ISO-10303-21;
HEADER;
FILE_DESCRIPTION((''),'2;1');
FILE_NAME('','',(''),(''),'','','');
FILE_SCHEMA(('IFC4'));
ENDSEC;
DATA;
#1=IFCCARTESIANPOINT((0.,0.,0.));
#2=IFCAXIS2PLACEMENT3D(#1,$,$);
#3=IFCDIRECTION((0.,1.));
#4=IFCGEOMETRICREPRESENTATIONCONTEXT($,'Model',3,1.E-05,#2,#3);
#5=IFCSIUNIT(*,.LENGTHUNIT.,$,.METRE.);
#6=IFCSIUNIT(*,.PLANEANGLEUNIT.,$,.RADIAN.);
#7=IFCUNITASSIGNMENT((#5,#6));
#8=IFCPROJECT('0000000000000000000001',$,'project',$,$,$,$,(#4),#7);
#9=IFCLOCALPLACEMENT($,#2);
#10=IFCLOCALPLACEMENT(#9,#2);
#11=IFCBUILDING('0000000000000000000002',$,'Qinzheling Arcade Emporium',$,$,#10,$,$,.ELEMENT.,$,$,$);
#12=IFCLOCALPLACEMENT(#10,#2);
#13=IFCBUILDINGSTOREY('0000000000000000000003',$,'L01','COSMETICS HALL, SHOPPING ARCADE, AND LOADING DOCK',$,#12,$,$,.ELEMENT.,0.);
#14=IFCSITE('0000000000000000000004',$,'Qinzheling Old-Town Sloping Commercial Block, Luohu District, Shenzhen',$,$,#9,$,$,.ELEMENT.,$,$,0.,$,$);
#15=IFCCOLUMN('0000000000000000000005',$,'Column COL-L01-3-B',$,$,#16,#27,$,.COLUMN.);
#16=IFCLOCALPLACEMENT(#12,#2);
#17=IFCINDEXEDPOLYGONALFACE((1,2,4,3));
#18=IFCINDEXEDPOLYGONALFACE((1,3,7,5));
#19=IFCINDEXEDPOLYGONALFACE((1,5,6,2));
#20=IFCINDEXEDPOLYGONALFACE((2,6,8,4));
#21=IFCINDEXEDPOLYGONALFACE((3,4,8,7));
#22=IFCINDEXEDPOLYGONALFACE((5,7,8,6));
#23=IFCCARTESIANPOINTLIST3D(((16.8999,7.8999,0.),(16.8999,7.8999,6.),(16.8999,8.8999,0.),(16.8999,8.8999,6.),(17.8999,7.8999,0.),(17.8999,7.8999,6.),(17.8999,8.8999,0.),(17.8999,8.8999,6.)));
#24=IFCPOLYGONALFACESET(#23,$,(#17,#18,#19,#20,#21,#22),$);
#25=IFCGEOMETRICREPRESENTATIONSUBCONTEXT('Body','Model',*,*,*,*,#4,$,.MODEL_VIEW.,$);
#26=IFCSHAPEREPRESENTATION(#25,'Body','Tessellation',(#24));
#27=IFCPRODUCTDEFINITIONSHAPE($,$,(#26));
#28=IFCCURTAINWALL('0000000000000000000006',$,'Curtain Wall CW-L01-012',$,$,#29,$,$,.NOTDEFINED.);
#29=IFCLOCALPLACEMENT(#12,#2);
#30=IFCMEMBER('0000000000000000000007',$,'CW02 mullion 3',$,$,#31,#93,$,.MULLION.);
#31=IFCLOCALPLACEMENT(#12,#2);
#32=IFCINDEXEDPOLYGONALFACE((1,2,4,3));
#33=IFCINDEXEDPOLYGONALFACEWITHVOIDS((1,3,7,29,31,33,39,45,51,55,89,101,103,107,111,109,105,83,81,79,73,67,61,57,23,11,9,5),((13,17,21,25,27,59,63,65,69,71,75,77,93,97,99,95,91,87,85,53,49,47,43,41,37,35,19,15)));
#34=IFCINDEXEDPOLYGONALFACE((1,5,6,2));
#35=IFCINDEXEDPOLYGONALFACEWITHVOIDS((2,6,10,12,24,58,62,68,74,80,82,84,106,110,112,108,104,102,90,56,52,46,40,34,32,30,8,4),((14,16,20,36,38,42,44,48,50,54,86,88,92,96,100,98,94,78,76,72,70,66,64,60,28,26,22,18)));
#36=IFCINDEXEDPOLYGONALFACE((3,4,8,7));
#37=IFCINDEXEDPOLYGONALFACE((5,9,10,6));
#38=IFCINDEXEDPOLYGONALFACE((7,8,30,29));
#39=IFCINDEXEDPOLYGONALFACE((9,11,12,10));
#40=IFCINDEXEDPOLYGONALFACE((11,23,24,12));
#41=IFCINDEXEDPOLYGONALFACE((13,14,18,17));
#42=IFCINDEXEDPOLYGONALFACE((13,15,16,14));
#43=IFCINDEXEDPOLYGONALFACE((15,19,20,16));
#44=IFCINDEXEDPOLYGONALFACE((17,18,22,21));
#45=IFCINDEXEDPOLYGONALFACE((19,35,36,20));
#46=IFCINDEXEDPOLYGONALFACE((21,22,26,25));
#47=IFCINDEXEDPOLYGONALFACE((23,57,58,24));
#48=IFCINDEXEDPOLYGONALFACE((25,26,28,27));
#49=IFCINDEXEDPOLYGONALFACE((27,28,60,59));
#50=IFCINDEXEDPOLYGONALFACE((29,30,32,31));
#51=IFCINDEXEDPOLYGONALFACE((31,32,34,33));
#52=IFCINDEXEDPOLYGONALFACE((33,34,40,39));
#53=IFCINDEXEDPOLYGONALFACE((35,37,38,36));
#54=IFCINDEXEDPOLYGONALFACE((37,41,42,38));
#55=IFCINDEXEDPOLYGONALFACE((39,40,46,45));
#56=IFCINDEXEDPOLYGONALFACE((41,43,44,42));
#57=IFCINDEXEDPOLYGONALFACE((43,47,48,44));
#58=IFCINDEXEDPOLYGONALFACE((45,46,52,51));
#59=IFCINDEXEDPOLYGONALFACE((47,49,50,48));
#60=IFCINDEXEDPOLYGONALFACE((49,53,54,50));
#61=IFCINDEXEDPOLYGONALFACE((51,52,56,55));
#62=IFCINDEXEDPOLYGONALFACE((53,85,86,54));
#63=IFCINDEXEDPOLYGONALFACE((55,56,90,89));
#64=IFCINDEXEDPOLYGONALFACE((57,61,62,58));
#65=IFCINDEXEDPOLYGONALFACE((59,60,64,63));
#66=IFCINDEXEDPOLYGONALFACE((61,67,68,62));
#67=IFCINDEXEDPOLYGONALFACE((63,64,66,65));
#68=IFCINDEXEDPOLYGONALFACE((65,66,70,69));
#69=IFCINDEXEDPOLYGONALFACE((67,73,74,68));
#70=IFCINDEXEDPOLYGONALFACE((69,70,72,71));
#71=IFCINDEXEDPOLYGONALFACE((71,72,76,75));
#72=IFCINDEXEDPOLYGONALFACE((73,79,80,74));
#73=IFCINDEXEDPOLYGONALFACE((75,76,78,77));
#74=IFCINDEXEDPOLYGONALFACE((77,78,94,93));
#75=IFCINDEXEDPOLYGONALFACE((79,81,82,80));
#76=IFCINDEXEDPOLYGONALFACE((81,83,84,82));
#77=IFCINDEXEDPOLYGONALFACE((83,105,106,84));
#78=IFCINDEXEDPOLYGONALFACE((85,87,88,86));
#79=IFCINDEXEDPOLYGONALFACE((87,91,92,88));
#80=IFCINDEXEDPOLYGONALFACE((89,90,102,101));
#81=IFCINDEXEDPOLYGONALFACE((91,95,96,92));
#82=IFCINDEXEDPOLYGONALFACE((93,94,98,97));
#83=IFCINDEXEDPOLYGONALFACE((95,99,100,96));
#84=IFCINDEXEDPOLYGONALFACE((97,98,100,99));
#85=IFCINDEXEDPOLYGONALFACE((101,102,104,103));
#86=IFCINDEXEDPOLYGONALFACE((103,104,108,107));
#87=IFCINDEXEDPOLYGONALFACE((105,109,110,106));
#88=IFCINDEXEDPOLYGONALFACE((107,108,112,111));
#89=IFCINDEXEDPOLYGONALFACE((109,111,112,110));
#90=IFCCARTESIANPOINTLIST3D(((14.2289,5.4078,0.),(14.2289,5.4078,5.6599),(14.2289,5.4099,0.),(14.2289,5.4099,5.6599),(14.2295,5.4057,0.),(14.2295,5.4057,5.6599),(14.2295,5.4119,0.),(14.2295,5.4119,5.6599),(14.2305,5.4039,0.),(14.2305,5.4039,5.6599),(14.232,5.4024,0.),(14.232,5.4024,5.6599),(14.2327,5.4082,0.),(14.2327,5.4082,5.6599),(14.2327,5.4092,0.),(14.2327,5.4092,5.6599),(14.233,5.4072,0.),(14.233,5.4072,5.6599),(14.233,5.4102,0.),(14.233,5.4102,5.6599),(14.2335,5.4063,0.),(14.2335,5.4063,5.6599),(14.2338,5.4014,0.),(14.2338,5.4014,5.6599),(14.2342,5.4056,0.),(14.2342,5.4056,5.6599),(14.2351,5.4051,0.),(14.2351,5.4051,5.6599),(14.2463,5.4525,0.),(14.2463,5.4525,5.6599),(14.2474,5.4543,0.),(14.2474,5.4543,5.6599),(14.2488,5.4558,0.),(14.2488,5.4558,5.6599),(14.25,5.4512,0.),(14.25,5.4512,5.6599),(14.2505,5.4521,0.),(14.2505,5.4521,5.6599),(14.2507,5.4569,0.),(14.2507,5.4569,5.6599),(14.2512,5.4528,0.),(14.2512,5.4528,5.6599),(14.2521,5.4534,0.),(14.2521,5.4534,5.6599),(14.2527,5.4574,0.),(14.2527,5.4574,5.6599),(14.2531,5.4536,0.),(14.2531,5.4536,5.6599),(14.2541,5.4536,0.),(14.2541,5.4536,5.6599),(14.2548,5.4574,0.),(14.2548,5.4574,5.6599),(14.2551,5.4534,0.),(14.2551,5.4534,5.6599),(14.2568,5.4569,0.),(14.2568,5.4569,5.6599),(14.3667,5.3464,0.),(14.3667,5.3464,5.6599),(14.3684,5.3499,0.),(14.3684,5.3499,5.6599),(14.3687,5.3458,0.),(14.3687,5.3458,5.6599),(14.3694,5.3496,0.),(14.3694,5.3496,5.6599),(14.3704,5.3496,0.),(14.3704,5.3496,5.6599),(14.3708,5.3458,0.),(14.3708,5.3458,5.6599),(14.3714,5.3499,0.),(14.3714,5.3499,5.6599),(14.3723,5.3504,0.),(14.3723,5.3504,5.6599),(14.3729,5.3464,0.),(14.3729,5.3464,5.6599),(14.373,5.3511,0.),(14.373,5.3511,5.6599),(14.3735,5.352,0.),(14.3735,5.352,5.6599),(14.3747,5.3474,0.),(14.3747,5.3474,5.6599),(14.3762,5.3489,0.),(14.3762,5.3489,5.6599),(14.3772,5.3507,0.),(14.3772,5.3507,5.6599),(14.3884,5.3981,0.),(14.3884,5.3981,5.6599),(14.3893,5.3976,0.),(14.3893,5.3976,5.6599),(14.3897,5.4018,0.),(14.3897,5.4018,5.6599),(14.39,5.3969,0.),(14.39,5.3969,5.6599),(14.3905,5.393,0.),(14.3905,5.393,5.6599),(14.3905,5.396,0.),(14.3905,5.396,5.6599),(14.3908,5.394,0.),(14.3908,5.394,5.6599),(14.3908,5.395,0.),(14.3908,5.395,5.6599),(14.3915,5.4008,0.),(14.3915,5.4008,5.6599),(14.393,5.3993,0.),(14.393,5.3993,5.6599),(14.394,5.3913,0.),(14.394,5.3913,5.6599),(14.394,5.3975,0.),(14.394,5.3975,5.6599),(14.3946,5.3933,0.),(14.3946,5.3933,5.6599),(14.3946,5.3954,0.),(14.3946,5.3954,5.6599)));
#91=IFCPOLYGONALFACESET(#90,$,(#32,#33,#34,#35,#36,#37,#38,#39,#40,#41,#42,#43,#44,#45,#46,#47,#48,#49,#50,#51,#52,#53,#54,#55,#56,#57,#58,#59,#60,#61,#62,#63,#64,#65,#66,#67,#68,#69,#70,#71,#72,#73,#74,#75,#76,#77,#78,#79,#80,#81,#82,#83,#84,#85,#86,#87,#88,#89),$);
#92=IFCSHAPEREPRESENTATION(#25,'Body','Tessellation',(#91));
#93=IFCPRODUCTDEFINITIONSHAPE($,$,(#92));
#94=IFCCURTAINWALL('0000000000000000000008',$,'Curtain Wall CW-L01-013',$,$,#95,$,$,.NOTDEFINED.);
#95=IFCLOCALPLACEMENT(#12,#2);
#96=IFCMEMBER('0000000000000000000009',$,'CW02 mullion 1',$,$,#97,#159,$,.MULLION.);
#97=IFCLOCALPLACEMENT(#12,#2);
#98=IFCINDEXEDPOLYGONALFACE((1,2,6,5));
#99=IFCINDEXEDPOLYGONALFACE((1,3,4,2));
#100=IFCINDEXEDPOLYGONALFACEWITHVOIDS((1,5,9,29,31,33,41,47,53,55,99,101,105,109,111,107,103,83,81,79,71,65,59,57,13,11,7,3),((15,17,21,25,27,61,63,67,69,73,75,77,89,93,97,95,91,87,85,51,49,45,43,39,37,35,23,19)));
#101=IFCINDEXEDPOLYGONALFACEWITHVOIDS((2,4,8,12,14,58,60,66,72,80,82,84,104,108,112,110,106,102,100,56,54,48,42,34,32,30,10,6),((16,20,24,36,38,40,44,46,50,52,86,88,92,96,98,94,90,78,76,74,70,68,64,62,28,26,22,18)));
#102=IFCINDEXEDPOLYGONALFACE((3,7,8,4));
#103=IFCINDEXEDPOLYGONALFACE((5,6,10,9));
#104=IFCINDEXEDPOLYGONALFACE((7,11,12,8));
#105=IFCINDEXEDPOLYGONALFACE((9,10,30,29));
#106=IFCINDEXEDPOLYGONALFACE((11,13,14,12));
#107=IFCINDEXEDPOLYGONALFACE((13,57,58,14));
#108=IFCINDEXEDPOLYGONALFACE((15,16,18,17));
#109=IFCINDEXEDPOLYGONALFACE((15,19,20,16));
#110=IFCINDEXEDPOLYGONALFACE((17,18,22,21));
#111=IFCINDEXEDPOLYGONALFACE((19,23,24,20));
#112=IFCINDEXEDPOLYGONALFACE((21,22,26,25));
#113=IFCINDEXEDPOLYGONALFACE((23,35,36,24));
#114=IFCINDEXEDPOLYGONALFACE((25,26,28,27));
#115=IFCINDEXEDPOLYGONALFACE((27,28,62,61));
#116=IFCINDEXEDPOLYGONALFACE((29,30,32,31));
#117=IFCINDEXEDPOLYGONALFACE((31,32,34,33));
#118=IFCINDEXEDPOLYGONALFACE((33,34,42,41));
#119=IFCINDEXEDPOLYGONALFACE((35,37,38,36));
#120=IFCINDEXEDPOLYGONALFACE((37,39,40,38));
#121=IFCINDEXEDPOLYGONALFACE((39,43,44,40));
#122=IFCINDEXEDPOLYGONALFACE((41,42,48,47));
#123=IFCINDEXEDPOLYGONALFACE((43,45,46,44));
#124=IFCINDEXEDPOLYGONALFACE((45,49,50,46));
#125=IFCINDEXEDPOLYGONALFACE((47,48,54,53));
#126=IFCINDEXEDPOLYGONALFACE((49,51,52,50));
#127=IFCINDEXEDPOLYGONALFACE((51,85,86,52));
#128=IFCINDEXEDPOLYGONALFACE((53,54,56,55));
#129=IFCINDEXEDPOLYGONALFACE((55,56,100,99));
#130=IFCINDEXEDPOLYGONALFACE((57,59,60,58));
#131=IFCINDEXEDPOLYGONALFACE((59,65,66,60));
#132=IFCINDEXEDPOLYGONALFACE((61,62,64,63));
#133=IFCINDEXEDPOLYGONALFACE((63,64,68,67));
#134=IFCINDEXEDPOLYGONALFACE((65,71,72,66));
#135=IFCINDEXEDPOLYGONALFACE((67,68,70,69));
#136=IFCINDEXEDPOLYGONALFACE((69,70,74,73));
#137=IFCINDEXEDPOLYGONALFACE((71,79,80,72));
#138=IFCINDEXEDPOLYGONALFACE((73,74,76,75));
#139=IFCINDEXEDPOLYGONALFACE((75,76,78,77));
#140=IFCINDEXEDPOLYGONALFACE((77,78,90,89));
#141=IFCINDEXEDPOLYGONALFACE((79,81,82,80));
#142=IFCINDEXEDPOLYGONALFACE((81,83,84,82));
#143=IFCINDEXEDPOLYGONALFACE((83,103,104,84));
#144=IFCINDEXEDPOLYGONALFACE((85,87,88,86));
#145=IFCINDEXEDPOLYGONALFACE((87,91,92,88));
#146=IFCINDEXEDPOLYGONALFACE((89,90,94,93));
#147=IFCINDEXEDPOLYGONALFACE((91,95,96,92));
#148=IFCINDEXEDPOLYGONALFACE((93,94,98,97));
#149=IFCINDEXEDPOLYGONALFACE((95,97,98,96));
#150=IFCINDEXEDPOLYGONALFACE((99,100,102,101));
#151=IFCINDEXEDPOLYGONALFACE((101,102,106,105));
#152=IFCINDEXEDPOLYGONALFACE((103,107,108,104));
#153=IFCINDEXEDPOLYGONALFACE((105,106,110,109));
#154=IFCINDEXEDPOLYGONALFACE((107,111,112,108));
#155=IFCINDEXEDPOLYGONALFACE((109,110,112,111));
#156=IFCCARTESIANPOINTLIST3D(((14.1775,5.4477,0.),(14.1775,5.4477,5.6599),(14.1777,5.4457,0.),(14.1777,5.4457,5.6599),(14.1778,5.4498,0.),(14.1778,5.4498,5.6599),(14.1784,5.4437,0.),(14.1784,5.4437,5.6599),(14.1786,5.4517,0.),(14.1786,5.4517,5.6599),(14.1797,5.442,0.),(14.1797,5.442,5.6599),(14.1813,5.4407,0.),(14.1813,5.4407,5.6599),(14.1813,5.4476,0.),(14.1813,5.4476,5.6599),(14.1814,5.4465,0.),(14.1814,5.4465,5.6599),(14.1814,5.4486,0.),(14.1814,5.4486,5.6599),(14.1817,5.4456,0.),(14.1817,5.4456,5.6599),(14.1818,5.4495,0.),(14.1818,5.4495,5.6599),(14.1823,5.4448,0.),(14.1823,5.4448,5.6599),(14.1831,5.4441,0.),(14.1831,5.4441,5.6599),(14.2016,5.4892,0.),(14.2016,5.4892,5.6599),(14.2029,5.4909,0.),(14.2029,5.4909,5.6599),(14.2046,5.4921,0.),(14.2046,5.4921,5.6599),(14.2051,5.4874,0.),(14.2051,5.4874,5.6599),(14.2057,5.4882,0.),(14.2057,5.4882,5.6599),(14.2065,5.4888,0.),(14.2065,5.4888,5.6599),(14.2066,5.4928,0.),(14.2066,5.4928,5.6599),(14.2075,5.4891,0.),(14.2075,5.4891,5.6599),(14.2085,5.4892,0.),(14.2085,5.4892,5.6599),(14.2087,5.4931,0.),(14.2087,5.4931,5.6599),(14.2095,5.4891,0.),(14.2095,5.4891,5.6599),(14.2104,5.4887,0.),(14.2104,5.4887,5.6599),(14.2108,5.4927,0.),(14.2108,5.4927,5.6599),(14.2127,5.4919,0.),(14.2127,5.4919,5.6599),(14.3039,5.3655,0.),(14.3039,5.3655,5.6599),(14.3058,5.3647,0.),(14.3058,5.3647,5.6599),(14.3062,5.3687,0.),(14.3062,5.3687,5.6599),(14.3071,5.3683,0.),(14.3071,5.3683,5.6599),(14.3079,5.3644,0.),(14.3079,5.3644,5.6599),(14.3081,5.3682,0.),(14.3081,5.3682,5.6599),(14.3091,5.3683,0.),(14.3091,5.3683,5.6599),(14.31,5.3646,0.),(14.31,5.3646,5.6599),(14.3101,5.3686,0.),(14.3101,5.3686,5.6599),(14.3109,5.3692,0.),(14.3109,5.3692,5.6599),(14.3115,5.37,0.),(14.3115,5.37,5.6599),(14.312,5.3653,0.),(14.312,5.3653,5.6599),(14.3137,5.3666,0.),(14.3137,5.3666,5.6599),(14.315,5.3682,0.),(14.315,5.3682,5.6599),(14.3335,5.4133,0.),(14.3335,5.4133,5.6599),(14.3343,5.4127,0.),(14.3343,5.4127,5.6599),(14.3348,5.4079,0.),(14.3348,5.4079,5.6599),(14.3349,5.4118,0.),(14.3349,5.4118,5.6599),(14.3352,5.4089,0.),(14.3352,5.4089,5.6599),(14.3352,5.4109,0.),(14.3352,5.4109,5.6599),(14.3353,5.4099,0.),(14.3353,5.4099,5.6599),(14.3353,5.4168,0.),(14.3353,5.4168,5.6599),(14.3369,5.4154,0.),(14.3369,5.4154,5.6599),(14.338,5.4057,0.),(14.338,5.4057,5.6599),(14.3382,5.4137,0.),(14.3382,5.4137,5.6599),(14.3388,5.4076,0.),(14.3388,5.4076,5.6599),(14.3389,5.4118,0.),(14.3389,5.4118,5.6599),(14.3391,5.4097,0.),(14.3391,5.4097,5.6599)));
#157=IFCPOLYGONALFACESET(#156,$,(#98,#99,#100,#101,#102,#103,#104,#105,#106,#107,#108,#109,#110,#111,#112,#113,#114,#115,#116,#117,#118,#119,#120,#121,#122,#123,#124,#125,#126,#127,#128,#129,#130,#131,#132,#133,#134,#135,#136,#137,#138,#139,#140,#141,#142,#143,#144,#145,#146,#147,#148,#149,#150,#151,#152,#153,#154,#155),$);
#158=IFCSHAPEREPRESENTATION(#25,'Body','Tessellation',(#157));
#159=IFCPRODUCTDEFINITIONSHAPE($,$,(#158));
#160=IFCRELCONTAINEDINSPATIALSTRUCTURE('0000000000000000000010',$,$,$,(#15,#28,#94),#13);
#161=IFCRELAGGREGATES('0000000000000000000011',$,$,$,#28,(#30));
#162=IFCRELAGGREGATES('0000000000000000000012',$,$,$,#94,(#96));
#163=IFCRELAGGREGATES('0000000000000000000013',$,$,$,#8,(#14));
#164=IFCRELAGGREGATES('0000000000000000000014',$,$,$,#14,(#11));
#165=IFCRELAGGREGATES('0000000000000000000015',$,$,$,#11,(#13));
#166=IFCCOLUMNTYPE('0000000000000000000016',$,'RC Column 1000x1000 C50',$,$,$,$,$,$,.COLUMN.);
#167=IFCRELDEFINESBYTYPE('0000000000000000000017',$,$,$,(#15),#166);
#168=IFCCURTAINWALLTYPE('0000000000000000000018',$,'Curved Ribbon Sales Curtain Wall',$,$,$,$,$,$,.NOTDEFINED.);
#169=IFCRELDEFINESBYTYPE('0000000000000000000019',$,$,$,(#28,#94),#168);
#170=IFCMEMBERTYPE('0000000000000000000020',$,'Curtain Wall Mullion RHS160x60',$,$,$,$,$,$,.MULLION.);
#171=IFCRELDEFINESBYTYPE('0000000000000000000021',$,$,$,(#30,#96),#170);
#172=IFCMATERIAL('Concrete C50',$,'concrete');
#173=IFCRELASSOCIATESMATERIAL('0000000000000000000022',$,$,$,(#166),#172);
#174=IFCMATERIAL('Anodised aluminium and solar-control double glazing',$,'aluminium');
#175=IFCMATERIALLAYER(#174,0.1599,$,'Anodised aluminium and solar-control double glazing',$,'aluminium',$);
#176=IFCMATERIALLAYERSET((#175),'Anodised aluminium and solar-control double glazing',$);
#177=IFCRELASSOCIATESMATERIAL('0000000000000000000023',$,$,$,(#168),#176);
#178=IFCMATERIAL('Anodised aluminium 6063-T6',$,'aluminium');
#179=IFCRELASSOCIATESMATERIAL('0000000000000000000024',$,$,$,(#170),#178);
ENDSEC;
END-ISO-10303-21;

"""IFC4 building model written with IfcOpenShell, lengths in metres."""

from ifc_helpers import new_model, si_unit, direction, frame, origin, origin_2d, place, context, subcontext, project, spatial, rectangle, hollow_rectangle, extrude, material, layer, layer_set, material_profile, profile_set, type_object, element, aggregate, save


model = new_model("IFC4")

# Units and contexts
model_context = context("Model", 3, precision=1e-05, world=origin(), true_north=direction((0.0, 1.0)))
body_context = subcontext(model_context, "Body", "Model", "MODEL_VIEW")
ifc_project = project(units=[si_unit("LENGTHUNIT", "METRE"), si_unit("PLANEANGLEUNIT", "RADIAN")], contexts=[model_context])

# Site, building, storey
site_placement = place(None, origin())
site = spatial("IfcSite", under=ifc_project, at=site_placement, Name="Qinzheling Old-Town Sloping Commercial Block, Luohu District, Shenzhen", CompositionType="ELEMENT", RefElevation=0.0)
building_placement = place(site_placement, origin())
building = spatial("IfcBuilding", under=site, at=building_placement, Name="Qinzheling Arcade Emporium", CompositionType="ELEMENT")
storey_placement = place(building_placement, origin())
storey = spatial("IfcBuildingStorey", under=building, at=storey_placement, Name="L01", Description="COSMETICS HALL, SHOPPING ARCADE, AND LOADING DOCK", CompositionType="ELEMENT", Elevation=0.0)

# Column
ifc_material_1 = material(Name="Concrete C50", Category="concrete")
ifc_material_profile_1 = material_profile(ifc_material_1, rectangle(XDim=1.0, YDim=1.0, at=origin_2d()), Name="RC 1000x1000", Category="concrete")
ifc_profile_set_1 = profile_set([ifc_material_profile_1], Name="Concrete C50")
column_type = type_object("IfcColumnType", Name="RC Column 1000x1000 C50", PredefinedType="COLUMN", material=ifc_profile_set_1)
column_placement = place(storey_placement, frame((17.3999, 8.3999, 0.0), z_axis=(0.0, 0.0, 1.0), x_axis=(1.0, 0.0, 0.0)))
element("IfcColumn", 1, at=column_placement, inside=storey, type_object=column_type, Name="Column COL-L01-3-B", PredefinedType="COLUMN", context=body_context, shape_type="SweptSolid", body=[
    extrude(rectangle(XDim=1.0, YDim=1.0, at=origin_2d()), origin(), (0.0, 0.0, 1.0), 6.0),
])

# Curtain wall, member
ifc_material_2 = material(Name="Anodised aluminium and solar-control double glazing", Category="aluminium")
ifc_layer_1 = layer(ifc_material_2, 0.1599, Name="Anodised aluminium and solar-control double glazing", Category="aluminium")
ifc_layer_set_1 = layer_set([ifc_layer_1], Name="Anodised aluminium and solar-control double glazing")
curtain_wall_type = type_object("IfcCurtainWallType", Name="Curved Ribbon Sales Curtain Wall", PredefinedType="NOTDEFINED", material=ifc_layer_set_1)
curtain_wall_1_placement = place(storey_placement, origin())
curtain_wall_1 = element("IfcCurtainWall", 2, at=curtain_wall_1_placement, inside=storey, type_object=curtain_wall_type, Name="Curtain Wall CW-L01-012", PredefinedType="NOTDEFINED")
ifc_material_3 = material(Name="Anodised aluminium 6063-T6", Category="aluminium")
ifc_material_profile_2 = material_profile(ifc_material_3, hollow_rectangle(XDim=0.0601, YDim=0.1599, WallThickness=0.0039, InnerFilletRadius=0.0039, OuterFilletRadius=0.0081, at=origin_2d()), Name="RHS 160x60x4", Category="aluminium")
ifc_profile_set_2 = profile_set([ifc_material_profile_2], Name="Anodised aluminium 6063-T6")
member_type_1 = type_object("IfcMemberType", Name="Curtain Wall Mullion RHS160x60", PredefinedType="MULLION", material=ifc_profile_set_2)
member_1_placement = place(storey_placement, frame((14.3118, 5.4016, 0.0), z_axis=(0.0, 0.0, 1.0), x_axis=(-0.382675, -0.923883, 0.0)))
member_1 = element("IfcMember", 3, at=member_1_placement, type_object=member_type_1, Name="CW02 mullion 3", PredefinedType="MULLION", context=body_context, shape_type="SweptSolid", body=[
    extrude(hollow_rectangle(XDim=0.0601, YDim=0.1599, WallThickness=0.0039, InnerFilletRadius=0.0039, OuterFilletRadius=0.0081, at=origin_2d()), origin(), (0.0, 0.0, 1.0), 5.6599),
])
aggregate(curtain_wall_1, [member_1])

# Curtain wall, member
curtain_wall_2_placement = place(storey_placement, origin())
curtain_wall_2 = element("IfcCurtainWall", 4, at=curtain_wall_2_placement, inside=storey, type_object=curtain_wall_type, Name="Curtain Wall CW-L01-013", PredefinedType="NOTDEFINED")
member_2_placement = place(storey_placement, frame((14.2583, 5.4287, 0.0), z_axis=(0.0, 0.0, 1.0), x_axis=(-0.522415, -0.852691, 0.0)))
member_2 = element("IfcMember", 5, at=member_2_placement, type_object=member_type_1, Name="CW02 mullion 1", PredefinedType="MULLION", context=body_context, shape_type="SweptSolid", body=[
    extrude(hollow_rectangle(XDim=0.0601, YDim=0.1599, WallThickness=0.0039, InnerFilletRadius=0.0039, OuterFilletRadius=0.0081, at=origin_2d()), origin(), (0.0, 0.0, 1.0), 5.6599),
])

aggregate(curtain_wall_2, [member_2])

save(model, "model.ifc")
